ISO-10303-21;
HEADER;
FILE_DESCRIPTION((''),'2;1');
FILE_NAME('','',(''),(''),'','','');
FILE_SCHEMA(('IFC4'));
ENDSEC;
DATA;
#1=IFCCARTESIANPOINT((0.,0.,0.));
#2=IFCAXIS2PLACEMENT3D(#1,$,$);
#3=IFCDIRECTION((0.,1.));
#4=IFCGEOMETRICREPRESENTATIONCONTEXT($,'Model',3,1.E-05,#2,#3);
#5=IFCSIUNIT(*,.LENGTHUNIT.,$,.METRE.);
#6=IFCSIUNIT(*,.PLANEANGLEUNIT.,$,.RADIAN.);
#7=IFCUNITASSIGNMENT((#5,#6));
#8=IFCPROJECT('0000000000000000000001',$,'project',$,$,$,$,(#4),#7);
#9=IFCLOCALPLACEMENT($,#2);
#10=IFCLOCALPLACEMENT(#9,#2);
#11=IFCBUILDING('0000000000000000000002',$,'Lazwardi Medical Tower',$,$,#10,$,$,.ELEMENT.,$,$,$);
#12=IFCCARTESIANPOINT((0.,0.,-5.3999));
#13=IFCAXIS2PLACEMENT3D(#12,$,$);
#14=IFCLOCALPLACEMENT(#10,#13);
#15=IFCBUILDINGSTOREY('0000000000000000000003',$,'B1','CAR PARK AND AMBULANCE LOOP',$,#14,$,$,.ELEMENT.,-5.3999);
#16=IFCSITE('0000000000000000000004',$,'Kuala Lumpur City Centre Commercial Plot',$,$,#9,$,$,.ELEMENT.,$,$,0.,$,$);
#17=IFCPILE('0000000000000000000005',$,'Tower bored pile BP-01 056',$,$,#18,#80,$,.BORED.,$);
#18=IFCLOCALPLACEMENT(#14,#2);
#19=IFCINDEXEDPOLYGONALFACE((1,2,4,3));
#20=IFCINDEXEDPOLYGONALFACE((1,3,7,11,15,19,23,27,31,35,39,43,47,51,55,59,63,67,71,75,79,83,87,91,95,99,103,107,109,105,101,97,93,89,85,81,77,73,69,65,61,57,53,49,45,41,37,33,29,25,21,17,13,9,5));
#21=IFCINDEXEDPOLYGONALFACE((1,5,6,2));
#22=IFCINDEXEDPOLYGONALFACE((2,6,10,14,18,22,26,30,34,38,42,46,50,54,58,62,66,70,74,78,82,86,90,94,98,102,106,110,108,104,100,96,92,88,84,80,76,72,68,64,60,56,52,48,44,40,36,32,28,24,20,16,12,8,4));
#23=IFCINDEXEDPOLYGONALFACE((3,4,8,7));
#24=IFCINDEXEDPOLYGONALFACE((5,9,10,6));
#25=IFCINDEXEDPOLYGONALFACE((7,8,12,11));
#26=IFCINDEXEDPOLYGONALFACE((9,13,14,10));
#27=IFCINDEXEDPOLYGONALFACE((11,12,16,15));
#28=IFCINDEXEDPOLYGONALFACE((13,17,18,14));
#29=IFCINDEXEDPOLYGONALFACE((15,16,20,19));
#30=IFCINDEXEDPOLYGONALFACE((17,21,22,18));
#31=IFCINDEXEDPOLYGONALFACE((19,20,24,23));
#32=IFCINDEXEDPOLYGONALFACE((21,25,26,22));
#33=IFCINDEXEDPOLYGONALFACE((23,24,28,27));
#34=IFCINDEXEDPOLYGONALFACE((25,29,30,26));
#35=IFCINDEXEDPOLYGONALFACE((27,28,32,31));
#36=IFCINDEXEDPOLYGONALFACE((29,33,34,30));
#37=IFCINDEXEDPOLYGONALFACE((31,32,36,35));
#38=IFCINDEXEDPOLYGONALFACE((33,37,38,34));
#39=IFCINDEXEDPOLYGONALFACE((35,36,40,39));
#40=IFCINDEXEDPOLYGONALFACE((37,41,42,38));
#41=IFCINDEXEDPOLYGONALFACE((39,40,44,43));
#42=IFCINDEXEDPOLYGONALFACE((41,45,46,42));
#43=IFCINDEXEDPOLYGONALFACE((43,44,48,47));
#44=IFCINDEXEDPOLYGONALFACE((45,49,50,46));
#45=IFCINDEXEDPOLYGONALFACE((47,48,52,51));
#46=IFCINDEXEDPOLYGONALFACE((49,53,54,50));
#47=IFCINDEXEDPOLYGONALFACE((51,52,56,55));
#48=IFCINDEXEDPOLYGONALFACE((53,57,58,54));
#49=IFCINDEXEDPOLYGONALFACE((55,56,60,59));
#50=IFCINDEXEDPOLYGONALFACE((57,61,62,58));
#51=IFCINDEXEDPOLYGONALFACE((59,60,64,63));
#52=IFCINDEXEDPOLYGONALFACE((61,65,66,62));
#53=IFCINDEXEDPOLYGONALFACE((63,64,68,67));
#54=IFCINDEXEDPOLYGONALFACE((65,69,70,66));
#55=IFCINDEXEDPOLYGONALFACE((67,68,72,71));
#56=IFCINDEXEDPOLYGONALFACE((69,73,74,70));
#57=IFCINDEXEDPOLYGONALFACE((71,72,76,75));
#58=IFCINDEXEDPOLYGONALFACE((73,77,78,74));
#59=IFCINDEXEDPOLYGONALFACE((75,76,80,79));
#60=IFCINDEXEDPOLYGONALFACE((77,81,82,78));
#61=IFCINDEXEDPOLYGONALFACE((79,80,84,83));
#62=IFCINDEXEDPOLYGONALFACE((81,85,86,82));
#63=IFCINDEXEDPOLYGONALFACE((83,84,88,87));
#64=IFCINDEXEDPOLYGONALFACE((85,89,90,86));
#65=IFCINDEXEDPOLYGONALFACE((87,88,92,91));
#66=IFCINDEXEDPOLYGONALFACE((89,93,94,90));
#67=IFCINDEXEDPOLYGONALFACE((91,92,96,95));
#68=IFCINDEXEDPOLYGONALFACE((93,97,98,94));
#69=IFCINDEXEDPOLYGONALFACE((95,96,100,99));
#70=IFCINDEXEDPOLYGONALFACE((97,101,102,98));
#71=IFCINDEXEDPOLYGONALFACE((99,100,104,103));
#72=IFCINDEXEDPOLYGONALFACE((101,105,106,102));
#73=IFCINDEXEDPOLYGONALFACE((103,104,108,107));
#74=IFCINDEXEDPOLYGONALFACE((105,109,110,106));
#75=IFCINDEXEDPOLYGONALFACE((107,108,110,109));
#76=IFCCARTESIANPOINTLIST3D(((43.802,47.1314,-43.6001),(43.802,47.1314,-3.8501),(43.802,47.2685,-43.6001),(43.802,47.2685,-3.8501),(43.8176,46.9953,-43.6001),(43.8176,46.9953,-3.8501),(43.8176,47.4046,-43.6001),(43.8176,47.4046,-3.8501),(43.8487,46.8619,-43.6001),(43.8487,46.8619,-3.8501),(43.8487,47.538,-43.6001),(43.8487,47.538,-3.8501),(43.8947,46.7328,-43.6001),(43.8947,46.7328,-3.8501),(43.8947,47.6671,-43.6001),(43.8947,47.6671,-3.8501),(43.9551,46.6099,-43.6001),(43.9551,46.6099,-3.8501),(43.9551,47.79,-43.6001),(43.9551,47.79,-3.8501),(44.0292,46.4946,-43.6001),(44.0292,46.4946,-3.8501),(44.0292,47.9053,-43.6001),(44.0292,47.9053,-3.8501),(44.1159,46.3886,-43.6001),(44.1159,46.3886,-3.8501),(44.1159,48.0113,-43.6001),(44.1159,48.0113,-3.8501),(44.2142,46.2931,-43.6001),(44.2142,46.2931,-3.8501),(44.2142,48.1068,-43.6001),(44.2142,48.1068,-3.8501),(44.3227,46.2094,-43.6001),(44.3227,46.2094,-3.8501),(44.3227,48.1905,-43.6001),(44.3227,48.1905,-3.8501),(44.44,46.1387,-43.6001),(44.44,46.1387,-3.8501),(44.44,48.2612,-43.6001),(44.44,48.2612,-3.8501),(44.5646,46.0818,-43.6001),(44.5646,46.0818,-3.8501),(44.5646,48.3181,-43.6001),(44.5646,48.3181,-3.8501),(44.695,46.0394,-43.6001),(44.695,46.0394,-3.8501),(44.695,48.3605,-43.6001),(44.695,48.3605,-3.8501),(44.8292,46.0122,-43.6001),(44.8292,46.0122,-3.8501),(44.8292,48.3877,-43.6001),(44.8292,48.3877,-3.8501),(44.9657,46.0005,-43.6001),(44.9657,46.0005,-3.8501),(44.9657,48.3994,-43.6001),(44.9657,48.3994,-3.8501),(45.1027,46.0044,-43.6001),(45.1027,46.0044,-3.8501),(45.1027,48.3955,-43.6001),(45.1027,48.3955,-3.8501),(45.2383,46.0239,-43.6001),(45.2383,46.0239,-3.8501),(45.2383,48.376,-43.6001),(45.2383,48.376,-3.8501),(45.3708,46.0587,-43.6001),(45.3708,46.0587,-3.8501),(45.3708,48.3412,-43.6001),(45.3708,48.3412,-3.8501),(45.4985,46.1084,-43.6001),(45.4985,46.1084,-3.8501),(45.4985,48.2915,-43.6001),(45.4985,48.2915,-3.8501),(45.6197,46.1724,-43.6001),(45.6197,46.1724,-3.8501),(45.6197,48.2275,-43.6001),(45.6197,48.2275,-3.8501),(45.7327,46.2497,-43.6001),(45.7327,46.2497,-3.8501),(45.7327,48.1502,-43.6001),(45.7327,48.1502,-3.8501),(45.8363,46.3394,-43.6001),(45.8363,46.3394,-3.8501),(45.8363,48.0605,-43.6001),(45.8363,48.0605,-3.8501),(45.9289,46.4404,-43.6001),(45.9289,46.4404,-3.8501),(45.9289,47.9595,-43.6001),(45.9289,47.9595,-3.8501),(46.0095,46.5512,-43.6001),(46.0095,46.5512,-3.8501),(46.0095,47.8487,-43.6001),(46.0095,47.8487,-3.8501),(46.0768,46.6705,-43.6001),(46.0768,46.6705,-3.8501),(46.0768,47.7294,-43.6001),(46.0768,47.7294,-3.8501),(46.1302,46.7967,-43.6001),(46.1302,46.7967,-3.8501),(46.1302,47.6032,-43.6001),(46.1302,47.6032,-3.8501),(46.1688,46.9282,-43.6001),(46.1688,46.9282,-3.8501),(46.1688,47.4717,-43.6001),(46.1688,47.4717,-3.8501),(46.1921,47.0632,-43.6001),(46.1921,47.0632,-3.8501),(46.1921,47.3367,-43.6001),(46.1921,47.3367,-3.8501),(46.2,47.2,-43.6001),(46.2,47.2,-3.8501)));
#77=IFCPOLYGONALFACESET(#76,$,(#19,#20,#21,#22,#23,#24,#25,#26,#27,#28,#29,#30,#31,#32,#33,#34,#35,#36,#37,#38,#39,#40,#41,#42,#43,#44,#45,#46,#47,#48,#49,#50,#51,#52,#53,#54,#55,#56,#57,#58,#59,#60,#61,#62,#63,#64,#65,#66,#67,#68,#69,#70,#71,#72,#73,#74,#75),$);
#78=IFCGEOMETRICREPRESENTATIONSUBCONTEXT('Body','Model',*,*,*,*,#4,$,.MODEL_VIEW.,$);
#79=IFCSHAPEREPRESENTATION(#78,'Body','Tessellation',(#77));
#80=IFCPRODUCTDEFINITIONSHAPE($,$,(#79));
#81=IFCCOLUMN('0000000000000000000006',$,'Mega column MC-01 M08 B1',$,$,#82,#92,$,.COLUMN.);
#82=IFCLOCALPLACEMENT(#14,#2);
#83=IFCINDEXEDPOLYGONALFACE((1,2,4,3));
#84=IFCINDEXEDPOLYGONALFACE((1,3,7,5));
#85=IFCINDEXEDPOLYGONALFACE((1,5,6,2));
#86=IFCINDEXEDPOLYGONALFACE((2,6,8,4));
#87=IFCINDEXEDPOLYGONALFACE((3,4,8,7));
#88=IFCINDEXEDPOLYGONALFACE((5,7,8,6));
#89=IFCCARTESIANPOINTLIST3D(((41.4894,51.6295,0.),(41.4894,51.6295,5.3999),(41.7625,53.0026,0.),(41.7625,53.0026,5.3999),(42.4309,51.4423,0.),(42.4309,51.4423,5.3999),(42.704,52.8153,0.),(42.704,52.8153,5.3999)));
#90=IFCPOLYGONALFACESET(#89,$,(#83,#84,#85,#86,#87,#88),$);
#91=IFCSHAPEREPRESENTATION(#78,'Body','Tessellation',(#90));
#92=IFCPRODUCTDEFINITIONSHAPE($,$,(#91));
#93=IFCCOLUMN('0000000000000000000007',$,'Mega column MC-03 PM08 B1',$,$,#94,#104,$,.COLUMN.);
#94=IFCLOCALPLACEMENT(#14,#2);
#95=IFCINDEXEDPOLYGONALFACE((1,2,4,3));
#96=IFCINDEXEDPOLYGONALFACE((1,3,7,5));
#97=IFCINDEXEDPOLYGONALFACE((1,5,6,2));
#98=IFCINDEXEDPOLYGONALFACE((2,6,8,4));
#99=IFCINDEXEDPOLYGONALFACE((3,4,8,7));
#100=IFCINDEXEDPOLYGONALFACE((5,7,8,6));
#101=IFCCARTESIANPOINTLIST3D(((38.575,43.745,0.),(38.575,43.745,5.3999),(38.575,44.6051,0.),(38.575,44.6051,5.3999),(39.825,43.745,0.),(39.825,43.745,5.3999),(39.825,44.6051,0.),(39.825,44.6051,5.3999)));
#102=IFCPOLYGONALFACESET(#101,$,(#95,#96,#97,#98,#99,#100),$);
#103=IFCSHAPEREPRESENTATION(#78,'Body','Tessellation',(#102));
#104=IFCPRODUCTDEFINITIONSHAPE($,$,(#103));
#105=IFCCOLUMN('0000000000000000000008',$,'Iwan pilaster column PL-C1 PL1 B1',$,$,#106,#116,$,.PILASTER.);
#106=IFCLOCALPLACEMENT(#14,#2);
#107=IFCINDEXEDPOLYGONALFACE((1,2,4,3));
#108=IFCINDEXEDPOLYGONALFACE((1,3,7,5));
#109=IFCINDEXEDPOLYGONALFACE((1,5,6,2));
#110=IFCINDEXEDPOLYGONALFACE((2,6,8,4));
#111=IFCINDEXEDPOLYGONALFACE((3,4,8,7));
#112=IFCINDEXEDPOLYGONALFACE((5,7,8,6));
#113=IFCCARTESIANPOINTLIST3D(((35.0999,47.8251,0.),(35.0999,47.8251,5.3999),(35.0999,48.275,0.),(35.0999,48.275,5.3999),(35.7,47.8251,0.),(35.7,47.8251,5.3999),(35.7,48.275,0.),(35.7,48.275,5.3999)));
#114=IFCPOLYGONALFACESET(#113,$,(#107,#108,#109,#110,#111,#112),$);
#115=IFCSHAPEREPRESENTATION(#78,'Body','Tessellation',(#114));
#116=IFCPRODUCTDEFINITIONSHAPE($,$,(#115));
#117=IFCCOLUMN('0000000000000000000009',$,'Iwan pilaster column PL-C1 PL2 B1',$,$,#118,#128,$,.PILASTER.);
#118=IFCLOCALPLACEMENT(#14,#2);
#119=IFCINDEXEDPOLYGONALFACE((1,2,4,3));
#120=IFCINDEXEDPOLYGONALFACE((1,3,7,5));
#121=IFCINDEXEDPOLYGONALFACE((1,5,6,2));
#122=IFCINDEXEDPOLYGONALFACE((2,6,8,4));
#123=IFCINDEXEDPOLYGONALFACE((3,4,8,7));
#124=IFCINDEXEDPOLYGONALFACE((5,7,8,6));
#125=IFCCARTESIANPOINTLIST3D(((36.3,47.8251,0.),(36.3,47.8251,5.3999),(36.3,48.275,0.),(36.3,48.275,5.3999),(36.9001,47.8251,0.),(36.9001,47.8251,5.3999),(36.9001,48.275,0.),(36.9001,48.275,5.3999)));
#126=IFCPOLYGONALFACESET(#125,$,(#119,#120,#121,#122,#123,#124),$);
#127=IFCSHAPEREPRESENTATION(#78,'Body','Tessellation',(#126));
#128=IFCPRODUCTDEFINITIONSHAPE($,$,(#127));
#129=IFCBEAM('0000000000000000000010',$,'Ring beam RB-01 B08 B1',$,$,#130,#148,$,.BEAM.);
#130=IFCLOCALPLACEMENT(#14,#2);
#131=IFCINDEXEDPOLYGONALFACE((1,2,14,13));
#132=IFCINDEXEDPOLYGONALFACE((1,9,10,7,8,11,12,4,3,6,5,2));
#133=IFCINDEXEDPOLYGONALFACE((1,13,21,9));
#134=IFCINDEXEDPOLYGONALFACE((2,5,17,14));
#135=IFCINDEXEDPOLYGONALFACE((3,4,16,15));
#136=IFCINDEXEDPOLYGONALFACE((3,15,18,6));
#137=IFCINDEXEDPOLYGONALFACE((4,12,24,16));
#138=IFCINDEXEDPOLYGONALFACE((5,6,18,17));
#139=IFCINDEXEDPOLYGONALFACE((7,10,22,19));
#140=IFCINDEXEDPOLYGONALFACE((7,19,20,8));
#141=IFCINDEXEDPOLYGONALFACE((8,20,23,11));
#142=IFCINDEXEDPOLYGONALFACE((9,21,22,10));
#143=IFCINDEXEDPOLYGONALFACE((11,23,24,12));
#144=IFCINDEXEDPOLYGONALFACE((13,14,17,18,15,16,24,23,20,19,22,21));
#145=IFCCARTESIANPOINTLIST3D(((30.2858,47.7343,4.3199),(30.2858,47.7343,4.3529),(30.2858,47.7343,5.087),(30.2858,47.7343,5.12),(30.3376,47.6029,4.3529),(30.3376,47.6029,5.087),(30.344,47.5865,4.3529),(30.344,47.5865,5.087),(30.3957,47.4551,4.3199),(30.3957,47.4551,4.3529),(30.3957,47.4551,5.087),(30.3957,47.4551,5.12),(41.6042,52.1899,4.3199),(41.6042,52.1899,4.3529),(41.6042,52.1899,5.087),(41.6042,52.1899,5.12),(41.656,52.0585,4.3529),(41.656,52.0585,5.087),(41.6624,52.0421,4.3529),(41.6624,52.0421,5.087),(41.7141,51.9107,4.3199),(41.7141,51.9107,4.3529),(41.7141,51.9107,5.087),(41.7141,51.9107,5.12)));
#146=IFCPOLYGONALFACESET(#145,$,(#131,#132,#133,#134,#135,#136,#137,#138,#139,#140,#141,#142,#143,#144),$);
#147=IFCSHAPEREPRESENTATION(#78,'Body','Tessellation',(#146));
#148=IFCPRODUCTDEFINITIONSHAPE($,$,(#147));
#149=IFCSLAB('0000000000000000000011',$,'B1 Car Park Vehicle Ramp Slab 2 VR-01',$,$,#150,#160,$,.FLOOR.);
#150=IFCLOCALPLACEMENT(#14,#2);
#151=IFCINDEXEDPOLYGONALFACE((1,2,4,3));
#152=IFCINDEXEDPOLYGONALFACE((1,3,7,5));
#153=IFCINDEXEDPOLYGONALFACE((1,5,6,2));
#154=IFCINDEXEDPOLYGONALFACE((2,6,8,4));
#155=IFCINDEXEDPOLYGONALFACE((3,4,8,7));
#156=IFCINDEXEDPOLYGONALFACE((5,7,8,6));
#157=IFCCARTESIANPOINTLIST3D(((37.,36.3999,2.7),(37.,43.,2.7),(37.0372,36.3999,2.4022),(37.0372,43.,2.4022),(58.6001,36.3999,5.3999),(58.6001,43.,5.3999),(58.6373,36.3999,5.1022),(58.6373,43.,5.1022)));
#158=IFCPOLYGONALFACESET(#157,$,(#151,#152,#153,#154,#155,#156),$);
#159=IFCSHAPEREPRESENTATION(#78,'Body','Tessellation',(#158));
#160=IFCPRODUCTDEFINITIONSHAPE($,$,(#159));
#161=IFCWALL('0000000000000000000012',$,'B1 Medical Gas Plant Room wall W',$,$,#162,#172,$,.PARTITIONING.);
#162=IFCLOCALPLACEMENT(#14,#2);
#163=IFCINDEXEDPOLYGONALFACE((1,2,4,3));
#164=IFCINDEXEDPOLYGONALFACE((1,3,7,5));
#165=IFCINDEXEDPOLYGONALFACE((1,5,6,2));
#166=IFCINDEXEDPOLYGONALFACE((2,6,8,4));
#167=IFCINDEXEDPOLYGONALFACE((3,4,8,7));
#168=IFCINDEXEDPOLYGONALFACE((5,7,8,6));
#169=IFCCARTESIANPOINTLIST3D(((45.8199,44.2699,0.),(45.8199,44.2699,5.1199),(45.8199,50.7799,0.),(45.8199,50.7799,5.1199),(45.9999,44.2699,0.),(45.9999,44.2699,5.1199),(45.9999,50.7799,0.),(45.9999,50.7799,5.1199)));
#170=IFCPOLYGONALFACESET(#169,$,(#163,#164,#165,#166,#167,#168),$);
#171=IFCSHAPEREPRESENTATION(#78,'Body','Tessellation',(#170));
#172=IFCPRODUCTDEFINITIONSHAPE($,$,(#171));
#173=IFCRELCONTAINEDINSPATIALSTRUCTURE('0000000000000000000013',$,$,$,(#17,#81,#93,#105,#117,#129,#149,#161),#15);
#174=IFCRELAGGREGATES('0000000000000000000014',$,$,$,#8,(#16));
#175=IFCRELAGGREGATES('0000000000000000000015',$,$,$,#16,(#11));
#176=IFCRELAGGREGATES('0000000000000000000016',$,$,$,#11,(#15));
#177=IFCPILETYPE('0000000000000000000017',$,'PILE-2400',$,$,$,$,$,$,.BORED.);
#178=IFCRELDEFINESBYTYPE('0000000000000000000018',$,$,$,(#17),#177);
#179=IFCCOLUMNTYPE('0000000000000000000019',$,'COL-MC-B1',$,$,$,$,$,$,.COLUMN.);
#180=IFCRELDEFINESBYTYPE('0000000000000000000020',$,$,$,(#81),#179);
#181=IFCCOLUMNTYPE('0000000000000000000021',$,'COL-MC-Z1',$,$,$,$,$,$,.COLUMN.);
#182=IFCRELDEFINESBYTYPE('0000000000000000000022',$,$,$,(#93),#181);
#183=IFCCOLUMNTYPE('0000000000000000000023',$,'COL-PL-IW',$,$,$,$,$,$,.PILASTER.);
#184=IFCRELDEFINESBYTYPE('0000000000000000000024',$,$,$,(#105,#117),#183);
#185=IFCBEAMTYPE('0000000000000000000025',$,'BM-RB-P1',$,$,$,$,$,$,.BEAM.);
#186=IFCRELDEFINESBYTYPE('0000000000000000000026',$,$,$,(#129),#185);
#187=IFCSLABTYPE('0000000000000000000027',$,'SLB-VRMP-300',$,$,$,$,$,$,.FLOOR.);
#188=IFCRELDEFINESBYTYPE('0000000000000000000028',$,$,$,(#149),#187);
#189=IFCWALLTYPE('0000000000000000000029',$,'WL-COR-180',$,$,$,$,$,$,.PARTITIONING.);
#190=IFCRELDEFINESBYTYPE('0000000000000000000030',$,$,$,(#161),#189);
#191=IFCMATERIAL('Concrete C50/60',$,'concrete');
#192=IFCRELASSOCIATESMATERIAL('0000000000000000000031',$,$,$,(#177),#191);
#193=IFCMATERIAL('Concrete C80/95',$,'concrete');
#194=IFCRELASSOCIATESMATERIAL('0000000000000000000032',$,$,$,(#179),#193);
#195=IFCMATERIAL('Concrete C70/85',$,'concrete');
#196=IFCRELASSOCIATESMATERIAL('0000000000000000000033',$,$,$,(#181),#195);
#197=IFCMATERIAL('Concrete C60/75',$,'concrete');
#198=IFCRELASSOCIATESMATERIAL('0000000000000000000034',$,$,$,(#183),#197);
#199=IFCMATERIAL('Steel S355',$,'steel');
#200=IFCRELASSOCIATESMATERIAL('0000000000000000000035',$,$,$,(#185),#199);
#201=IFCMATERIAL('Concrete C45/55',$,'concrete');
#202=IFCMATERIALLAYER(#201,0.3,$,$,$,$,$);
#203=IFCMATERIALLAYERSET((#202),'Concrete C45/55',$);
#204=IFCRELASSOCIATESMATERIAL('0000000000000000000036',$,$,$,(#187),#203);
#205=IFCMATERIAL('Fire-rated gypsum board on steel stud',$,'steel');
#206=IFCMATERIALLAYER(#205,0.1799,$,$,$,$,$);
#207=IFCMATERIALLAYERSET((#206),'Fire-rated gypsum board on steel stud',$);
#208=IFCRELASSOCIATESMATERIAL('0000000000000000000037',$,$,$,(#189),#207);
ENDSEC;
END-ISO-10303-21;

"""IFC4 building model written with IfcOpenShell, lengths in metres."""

from ifc_helpers import new_model, si_unit, direction, frame, frame_2d, origin, origin_2d, place, context, subcontext, project, spatial, polyline, rectangle, circle, i_section, outline, extrude, material, layer, layer_set, material_profile, profile_set, type_object, element, save


model = new_model("IFC4")

# Units and contexts
model_context = context("Model", 3, precision=1e-05, world=origin(), true_north=direction((0.0, 1.0)))
body_context = subcontext(model_context, "Body", "Model", "MODEL_VIEW")
ifc_project = project(units=[si_unit("LENGTHUNIT", "METRE"), si_unit("PLANEANGLEUNIT", "RADIAN")], contexts=[model_context])

# Site, building, storey
site_placement = place(None, origin())
site = spatial("IfcSite", under=ifc_project, at=site_placement, Name="Kuala Lumpur City Centre Commercial Plot", CompositionType="ELEMENT", RefElevation=0.0)
building_placement = place(site_placement, origin())
building = spatial("IfcBuilding", under=site, at=building_placement, Name="Lazwardi Medical Tower", CompositionType="ELEMENT")
storey_placement = place(building_placement, frame((0.0, 0.0, -5.3999)))
storey = spatial("IfcBuildingStorey", under=building, at=storey_placement, Name="B1", Description="CAR PARK AND AMBULANCE LOOP", CompositionType="ELEMENT", Elevation=-5.3999)

# Pile
ifc_material_1 = material(Name="Concrete C50/60", Category="concrete")
ifc_material_profile_1 = material_profile(ifc_material_1, circle(Radius=1.2, at=origin_2d()), Name="BORED PILE D2400")
ifc_profile_set_1 = profile_set([ifc_material_profile_1], Name="Concrete C50/60")
pile_type = type_object("IfcPileType", Name="PILE-2400", PredefinedType="BORED", material=ifc_profile_set_1)
for number, where, z_axis, x_axis, name in (
    (1, (45.0, 47.2, -3.8501), (0.0, 0.0, -1.0), (1.0, 0.0, 0.0), "Tower bored pile BP-01 056"),
):
    element("IfcPile", number, at=place(storey_placement, frame(where, z_axis=z_axis, x_axis=x_axis)), inside=storey, type_object=pile_type, Name=name, PredefinedType="BORED", context=body_context, shape_type="SweptSolid", body=[
        extrude(circle(Radius=1.2, at=origin_2d()), origin(), (0.0, 0.0, 1.0), 39.75),
    ])

# Columns
ifc_material_2 = material(Name="Concrete C80/95", Category="concrete")
ifc_material_profile_2 = material_profile(ifc_material_2, rectangle(XDim=1.3999, YDim=0.96, at=origin_2d()), Name="CFT-RECT 1400x960")
ifc_profile_set_2 = profile_set([ifc_material_profile_2], Name="Concrete C80/95")
column_type_1 = type_object("IfcColumnType", Name="COL-MC-B1", PredefinedType="COLUMN", material=ifc_profile_set_2)
column_1_placement = place(storey_placement, frame((42.0967, 52.2224, 0.0), z_axis=(0.0, 0.0, 1.0), x_axis=(0.19509, 0.980785, 0.0)))
element("IfcColumn", 2, at=column_1_placement, inside=storey, type_object=column_type_1, Name="Mega column MC-01 M08 B1", PredefinedType="COLUMN", context=body_context, shape_type="SweptSolid", body=[
    extrude(rectangle(XDim=1.3999, YDim=0.96, at=origin_2d()), origin(), (0.0, 0.0, 1.0), 5.3999),
])
ifc_material_3 = material(Name="Concrete C70/85", Category="concrete")
ifc_material_profile_3 = material_profile(ifc_material_3, rectangle(XDim=1.25, YDim=0.8601, at=origin_2d()), Name="CFT-RECT 1250x860")
ifc_profile_set_3 = profile_set([ifc_material_profile_3], Name="Concrete C70/85")
column_type_2 = type_object("IfcColumnType", Name="COL-MC-Z1", PredefinedType="COLUMN", material=ifc_profile_set_3)
column_2_placement = place(storey_placement, frame((39.2, 44.175, 0.0), z_axis=(0.0, 0.0, 1.0), x_axis=(1.0, 0.0, 0.0)))
element("IfcColumn", 3, at=column_2_placement, inside=storey, type_object=column_type_2, Name="Mega column MC-03 PM08 B1", PredefinedType="COLUMN", context=body_context, shape_type="SweptSolid", body=[
    extrude(rectangle(XDim=1.25, YDim=0.8601, at=origin_2d()), origin(), (0.0, 0.0, 1.0), 5.3999),
])
ifc_material_4 = material(Name="Concrete C60/75", Category="concrete")
ifc_material_profile_4 = material_profile(ifc_material_4, rectangle(XDim=0.6001, YDim=0.45, at=origin_2d()), Name="RC 600x450")
ifc_profile_set_4 = profile_set([ifc_material_profile_4], Name="Concrete C60/75")
column_type_3 = type_object("IfcColumnType", Name="COL-PL-IW", PredefinedType="PILASTER", material=ifc_profile_set_4)
for number, where, z_axis, x_axis, name in (
    (4, (35.3999, 48.05, 0.0), (0.0, 0.0, 1.0), (1.0, 0.0, 0.0), "Iwan pilaster column PL-C1 PL1 B1"),
    (5, (36.6001, 48.05, 0.0), (0.0, 0.0, 1.0), (1.0, 0.0, 0.0), "Iwan pilaster column PL-C1 PL2 B1"),
):
    element("IfcColumn", number, at=place(storey_placement, frame(where, z_axis=z_axis, x_axis=x_axis)), inside=storey, type_object=column_type_3, Name=name, PredefinedType="PILASTER", context=body_context, shape_type="SweptSolid", body=[
        extrude(rectangle(XDim=0.6001, YDim=0.45, at=origin_2d()), origin(), (0.0, 0.0, 1.0), 5.3999),
    ])

# Beam
ifc_material_5 = material(Name="Steel S355", Category="steel")
ifc_material_profile_5 = material_profile(ifc_material_5, i_section(OverallWidth=0.3, OverallDepth=0.8, WebThickness=0.0176, FlangeThickness=0.033, at=origin_2d()), Name="HEB 800")
ifc_profile_set_5 = profile_set([ifc_material_profile_5], Name="Steel S355")
beam_type = type_object("IfcBeamType", Name="BM-RB-P1", PredefinedType="BEAM", material=ifc_profile_set_5)
beam_placement = place(storey_placement, frame((41.6592, 52.0503, 4.72), z_axis=(-0.930498, -0.366298, 0.0), x_axis=(0.366298, -0.930498, 0.0)))
element("IfcBeam", 6, at=beam_placement, inside=storey, type_object=beam_type, Name="Ring beam RB-01 B08 B1", PredefinedType="BEAM", context=body_context, shape_type="SweptSolid", body=[
    extrude(i_section(OverallWidth=0.3, OverallDepth=0.8, WebThickness=0.0176, FlangeThickness=0.033, at=origin_2d()), origin(), (0.0, 0.0, 1.0), 12.1638),
])

# Slab
ifc_material_6 = material(Name="Concrete C45/55", Category="concrete")
ifc_layer_1 = layer(ifc_material_6, 0.3)
ifc_layer_set_1 = layer_set([ifc_layer_1], Name="Concrete C45/55")
slab_type = type_object("IfcSlabType", Name="SLB-VRMP-300", PredefinedType="FLOOR", material=ifc_layer_set_1)
slab_placement = place(storey_placement, frame((37.0, 36.3999, 2.7), z_axis=(-0.124032, 0.0, 0.992278), x_axis=(0.0, 1.0, 0.0)))
element("IfcSlab", 7, at=slab_placement, inside=storey, type_object=slab_type, Name="B1 Car Park Vehicle Ramp Slab 2 VR-01", PredefinedType="FLOOR", context=body_context, shape_type="SweptSolid", body=[
    extrude(outline(polyline([(0.0, 0.0), (6.6001, 0.0), (6.6001, -21.7682), (0.0, -21.7682), (0.0, 0.0)])), origin(), (0.0, 0.0, -1.0), 0.3),
])

# Wall
ifc_material_7 = material(Name="Fire-rated gypsum board on steel stud", Category="steel")
ifc_layer_2 = layer(ifc_material_7, 0.1799)
ifc_layer_set_2 = layer_set([ifc_layer_2], Name="Fire-rated gypsum board on steel stud")
wall_type_1 = type_object("IfcWallType", Name="WL-COR-180", PredefinedType="PARTITIONING", material=ifc_layer_set_2)
wall_1_placement = place(storey_placement, frame((45.9099, 44.27, 0.0), z_axis=(0.0, 0.0, 1.0), x_axis=(0.0, 1.0, 0.0)))
element("IfcWall", 8, at=wall_1_placement, inside=storey, type_object=wall_type_1, Name="B1 Medical Gas Plant Room wall W", PredefinedType="PARTITIONING", context=body_context, shape_type="SweptSolid", body=[
    extrude(rectangle(XDim=6.51, YDim=0.1799, at=frame_2d((3.2549, 0.0))), origin(), (0.0, 0.0, 1.0), 5.1199),
])

save(model, "model.ifc")
